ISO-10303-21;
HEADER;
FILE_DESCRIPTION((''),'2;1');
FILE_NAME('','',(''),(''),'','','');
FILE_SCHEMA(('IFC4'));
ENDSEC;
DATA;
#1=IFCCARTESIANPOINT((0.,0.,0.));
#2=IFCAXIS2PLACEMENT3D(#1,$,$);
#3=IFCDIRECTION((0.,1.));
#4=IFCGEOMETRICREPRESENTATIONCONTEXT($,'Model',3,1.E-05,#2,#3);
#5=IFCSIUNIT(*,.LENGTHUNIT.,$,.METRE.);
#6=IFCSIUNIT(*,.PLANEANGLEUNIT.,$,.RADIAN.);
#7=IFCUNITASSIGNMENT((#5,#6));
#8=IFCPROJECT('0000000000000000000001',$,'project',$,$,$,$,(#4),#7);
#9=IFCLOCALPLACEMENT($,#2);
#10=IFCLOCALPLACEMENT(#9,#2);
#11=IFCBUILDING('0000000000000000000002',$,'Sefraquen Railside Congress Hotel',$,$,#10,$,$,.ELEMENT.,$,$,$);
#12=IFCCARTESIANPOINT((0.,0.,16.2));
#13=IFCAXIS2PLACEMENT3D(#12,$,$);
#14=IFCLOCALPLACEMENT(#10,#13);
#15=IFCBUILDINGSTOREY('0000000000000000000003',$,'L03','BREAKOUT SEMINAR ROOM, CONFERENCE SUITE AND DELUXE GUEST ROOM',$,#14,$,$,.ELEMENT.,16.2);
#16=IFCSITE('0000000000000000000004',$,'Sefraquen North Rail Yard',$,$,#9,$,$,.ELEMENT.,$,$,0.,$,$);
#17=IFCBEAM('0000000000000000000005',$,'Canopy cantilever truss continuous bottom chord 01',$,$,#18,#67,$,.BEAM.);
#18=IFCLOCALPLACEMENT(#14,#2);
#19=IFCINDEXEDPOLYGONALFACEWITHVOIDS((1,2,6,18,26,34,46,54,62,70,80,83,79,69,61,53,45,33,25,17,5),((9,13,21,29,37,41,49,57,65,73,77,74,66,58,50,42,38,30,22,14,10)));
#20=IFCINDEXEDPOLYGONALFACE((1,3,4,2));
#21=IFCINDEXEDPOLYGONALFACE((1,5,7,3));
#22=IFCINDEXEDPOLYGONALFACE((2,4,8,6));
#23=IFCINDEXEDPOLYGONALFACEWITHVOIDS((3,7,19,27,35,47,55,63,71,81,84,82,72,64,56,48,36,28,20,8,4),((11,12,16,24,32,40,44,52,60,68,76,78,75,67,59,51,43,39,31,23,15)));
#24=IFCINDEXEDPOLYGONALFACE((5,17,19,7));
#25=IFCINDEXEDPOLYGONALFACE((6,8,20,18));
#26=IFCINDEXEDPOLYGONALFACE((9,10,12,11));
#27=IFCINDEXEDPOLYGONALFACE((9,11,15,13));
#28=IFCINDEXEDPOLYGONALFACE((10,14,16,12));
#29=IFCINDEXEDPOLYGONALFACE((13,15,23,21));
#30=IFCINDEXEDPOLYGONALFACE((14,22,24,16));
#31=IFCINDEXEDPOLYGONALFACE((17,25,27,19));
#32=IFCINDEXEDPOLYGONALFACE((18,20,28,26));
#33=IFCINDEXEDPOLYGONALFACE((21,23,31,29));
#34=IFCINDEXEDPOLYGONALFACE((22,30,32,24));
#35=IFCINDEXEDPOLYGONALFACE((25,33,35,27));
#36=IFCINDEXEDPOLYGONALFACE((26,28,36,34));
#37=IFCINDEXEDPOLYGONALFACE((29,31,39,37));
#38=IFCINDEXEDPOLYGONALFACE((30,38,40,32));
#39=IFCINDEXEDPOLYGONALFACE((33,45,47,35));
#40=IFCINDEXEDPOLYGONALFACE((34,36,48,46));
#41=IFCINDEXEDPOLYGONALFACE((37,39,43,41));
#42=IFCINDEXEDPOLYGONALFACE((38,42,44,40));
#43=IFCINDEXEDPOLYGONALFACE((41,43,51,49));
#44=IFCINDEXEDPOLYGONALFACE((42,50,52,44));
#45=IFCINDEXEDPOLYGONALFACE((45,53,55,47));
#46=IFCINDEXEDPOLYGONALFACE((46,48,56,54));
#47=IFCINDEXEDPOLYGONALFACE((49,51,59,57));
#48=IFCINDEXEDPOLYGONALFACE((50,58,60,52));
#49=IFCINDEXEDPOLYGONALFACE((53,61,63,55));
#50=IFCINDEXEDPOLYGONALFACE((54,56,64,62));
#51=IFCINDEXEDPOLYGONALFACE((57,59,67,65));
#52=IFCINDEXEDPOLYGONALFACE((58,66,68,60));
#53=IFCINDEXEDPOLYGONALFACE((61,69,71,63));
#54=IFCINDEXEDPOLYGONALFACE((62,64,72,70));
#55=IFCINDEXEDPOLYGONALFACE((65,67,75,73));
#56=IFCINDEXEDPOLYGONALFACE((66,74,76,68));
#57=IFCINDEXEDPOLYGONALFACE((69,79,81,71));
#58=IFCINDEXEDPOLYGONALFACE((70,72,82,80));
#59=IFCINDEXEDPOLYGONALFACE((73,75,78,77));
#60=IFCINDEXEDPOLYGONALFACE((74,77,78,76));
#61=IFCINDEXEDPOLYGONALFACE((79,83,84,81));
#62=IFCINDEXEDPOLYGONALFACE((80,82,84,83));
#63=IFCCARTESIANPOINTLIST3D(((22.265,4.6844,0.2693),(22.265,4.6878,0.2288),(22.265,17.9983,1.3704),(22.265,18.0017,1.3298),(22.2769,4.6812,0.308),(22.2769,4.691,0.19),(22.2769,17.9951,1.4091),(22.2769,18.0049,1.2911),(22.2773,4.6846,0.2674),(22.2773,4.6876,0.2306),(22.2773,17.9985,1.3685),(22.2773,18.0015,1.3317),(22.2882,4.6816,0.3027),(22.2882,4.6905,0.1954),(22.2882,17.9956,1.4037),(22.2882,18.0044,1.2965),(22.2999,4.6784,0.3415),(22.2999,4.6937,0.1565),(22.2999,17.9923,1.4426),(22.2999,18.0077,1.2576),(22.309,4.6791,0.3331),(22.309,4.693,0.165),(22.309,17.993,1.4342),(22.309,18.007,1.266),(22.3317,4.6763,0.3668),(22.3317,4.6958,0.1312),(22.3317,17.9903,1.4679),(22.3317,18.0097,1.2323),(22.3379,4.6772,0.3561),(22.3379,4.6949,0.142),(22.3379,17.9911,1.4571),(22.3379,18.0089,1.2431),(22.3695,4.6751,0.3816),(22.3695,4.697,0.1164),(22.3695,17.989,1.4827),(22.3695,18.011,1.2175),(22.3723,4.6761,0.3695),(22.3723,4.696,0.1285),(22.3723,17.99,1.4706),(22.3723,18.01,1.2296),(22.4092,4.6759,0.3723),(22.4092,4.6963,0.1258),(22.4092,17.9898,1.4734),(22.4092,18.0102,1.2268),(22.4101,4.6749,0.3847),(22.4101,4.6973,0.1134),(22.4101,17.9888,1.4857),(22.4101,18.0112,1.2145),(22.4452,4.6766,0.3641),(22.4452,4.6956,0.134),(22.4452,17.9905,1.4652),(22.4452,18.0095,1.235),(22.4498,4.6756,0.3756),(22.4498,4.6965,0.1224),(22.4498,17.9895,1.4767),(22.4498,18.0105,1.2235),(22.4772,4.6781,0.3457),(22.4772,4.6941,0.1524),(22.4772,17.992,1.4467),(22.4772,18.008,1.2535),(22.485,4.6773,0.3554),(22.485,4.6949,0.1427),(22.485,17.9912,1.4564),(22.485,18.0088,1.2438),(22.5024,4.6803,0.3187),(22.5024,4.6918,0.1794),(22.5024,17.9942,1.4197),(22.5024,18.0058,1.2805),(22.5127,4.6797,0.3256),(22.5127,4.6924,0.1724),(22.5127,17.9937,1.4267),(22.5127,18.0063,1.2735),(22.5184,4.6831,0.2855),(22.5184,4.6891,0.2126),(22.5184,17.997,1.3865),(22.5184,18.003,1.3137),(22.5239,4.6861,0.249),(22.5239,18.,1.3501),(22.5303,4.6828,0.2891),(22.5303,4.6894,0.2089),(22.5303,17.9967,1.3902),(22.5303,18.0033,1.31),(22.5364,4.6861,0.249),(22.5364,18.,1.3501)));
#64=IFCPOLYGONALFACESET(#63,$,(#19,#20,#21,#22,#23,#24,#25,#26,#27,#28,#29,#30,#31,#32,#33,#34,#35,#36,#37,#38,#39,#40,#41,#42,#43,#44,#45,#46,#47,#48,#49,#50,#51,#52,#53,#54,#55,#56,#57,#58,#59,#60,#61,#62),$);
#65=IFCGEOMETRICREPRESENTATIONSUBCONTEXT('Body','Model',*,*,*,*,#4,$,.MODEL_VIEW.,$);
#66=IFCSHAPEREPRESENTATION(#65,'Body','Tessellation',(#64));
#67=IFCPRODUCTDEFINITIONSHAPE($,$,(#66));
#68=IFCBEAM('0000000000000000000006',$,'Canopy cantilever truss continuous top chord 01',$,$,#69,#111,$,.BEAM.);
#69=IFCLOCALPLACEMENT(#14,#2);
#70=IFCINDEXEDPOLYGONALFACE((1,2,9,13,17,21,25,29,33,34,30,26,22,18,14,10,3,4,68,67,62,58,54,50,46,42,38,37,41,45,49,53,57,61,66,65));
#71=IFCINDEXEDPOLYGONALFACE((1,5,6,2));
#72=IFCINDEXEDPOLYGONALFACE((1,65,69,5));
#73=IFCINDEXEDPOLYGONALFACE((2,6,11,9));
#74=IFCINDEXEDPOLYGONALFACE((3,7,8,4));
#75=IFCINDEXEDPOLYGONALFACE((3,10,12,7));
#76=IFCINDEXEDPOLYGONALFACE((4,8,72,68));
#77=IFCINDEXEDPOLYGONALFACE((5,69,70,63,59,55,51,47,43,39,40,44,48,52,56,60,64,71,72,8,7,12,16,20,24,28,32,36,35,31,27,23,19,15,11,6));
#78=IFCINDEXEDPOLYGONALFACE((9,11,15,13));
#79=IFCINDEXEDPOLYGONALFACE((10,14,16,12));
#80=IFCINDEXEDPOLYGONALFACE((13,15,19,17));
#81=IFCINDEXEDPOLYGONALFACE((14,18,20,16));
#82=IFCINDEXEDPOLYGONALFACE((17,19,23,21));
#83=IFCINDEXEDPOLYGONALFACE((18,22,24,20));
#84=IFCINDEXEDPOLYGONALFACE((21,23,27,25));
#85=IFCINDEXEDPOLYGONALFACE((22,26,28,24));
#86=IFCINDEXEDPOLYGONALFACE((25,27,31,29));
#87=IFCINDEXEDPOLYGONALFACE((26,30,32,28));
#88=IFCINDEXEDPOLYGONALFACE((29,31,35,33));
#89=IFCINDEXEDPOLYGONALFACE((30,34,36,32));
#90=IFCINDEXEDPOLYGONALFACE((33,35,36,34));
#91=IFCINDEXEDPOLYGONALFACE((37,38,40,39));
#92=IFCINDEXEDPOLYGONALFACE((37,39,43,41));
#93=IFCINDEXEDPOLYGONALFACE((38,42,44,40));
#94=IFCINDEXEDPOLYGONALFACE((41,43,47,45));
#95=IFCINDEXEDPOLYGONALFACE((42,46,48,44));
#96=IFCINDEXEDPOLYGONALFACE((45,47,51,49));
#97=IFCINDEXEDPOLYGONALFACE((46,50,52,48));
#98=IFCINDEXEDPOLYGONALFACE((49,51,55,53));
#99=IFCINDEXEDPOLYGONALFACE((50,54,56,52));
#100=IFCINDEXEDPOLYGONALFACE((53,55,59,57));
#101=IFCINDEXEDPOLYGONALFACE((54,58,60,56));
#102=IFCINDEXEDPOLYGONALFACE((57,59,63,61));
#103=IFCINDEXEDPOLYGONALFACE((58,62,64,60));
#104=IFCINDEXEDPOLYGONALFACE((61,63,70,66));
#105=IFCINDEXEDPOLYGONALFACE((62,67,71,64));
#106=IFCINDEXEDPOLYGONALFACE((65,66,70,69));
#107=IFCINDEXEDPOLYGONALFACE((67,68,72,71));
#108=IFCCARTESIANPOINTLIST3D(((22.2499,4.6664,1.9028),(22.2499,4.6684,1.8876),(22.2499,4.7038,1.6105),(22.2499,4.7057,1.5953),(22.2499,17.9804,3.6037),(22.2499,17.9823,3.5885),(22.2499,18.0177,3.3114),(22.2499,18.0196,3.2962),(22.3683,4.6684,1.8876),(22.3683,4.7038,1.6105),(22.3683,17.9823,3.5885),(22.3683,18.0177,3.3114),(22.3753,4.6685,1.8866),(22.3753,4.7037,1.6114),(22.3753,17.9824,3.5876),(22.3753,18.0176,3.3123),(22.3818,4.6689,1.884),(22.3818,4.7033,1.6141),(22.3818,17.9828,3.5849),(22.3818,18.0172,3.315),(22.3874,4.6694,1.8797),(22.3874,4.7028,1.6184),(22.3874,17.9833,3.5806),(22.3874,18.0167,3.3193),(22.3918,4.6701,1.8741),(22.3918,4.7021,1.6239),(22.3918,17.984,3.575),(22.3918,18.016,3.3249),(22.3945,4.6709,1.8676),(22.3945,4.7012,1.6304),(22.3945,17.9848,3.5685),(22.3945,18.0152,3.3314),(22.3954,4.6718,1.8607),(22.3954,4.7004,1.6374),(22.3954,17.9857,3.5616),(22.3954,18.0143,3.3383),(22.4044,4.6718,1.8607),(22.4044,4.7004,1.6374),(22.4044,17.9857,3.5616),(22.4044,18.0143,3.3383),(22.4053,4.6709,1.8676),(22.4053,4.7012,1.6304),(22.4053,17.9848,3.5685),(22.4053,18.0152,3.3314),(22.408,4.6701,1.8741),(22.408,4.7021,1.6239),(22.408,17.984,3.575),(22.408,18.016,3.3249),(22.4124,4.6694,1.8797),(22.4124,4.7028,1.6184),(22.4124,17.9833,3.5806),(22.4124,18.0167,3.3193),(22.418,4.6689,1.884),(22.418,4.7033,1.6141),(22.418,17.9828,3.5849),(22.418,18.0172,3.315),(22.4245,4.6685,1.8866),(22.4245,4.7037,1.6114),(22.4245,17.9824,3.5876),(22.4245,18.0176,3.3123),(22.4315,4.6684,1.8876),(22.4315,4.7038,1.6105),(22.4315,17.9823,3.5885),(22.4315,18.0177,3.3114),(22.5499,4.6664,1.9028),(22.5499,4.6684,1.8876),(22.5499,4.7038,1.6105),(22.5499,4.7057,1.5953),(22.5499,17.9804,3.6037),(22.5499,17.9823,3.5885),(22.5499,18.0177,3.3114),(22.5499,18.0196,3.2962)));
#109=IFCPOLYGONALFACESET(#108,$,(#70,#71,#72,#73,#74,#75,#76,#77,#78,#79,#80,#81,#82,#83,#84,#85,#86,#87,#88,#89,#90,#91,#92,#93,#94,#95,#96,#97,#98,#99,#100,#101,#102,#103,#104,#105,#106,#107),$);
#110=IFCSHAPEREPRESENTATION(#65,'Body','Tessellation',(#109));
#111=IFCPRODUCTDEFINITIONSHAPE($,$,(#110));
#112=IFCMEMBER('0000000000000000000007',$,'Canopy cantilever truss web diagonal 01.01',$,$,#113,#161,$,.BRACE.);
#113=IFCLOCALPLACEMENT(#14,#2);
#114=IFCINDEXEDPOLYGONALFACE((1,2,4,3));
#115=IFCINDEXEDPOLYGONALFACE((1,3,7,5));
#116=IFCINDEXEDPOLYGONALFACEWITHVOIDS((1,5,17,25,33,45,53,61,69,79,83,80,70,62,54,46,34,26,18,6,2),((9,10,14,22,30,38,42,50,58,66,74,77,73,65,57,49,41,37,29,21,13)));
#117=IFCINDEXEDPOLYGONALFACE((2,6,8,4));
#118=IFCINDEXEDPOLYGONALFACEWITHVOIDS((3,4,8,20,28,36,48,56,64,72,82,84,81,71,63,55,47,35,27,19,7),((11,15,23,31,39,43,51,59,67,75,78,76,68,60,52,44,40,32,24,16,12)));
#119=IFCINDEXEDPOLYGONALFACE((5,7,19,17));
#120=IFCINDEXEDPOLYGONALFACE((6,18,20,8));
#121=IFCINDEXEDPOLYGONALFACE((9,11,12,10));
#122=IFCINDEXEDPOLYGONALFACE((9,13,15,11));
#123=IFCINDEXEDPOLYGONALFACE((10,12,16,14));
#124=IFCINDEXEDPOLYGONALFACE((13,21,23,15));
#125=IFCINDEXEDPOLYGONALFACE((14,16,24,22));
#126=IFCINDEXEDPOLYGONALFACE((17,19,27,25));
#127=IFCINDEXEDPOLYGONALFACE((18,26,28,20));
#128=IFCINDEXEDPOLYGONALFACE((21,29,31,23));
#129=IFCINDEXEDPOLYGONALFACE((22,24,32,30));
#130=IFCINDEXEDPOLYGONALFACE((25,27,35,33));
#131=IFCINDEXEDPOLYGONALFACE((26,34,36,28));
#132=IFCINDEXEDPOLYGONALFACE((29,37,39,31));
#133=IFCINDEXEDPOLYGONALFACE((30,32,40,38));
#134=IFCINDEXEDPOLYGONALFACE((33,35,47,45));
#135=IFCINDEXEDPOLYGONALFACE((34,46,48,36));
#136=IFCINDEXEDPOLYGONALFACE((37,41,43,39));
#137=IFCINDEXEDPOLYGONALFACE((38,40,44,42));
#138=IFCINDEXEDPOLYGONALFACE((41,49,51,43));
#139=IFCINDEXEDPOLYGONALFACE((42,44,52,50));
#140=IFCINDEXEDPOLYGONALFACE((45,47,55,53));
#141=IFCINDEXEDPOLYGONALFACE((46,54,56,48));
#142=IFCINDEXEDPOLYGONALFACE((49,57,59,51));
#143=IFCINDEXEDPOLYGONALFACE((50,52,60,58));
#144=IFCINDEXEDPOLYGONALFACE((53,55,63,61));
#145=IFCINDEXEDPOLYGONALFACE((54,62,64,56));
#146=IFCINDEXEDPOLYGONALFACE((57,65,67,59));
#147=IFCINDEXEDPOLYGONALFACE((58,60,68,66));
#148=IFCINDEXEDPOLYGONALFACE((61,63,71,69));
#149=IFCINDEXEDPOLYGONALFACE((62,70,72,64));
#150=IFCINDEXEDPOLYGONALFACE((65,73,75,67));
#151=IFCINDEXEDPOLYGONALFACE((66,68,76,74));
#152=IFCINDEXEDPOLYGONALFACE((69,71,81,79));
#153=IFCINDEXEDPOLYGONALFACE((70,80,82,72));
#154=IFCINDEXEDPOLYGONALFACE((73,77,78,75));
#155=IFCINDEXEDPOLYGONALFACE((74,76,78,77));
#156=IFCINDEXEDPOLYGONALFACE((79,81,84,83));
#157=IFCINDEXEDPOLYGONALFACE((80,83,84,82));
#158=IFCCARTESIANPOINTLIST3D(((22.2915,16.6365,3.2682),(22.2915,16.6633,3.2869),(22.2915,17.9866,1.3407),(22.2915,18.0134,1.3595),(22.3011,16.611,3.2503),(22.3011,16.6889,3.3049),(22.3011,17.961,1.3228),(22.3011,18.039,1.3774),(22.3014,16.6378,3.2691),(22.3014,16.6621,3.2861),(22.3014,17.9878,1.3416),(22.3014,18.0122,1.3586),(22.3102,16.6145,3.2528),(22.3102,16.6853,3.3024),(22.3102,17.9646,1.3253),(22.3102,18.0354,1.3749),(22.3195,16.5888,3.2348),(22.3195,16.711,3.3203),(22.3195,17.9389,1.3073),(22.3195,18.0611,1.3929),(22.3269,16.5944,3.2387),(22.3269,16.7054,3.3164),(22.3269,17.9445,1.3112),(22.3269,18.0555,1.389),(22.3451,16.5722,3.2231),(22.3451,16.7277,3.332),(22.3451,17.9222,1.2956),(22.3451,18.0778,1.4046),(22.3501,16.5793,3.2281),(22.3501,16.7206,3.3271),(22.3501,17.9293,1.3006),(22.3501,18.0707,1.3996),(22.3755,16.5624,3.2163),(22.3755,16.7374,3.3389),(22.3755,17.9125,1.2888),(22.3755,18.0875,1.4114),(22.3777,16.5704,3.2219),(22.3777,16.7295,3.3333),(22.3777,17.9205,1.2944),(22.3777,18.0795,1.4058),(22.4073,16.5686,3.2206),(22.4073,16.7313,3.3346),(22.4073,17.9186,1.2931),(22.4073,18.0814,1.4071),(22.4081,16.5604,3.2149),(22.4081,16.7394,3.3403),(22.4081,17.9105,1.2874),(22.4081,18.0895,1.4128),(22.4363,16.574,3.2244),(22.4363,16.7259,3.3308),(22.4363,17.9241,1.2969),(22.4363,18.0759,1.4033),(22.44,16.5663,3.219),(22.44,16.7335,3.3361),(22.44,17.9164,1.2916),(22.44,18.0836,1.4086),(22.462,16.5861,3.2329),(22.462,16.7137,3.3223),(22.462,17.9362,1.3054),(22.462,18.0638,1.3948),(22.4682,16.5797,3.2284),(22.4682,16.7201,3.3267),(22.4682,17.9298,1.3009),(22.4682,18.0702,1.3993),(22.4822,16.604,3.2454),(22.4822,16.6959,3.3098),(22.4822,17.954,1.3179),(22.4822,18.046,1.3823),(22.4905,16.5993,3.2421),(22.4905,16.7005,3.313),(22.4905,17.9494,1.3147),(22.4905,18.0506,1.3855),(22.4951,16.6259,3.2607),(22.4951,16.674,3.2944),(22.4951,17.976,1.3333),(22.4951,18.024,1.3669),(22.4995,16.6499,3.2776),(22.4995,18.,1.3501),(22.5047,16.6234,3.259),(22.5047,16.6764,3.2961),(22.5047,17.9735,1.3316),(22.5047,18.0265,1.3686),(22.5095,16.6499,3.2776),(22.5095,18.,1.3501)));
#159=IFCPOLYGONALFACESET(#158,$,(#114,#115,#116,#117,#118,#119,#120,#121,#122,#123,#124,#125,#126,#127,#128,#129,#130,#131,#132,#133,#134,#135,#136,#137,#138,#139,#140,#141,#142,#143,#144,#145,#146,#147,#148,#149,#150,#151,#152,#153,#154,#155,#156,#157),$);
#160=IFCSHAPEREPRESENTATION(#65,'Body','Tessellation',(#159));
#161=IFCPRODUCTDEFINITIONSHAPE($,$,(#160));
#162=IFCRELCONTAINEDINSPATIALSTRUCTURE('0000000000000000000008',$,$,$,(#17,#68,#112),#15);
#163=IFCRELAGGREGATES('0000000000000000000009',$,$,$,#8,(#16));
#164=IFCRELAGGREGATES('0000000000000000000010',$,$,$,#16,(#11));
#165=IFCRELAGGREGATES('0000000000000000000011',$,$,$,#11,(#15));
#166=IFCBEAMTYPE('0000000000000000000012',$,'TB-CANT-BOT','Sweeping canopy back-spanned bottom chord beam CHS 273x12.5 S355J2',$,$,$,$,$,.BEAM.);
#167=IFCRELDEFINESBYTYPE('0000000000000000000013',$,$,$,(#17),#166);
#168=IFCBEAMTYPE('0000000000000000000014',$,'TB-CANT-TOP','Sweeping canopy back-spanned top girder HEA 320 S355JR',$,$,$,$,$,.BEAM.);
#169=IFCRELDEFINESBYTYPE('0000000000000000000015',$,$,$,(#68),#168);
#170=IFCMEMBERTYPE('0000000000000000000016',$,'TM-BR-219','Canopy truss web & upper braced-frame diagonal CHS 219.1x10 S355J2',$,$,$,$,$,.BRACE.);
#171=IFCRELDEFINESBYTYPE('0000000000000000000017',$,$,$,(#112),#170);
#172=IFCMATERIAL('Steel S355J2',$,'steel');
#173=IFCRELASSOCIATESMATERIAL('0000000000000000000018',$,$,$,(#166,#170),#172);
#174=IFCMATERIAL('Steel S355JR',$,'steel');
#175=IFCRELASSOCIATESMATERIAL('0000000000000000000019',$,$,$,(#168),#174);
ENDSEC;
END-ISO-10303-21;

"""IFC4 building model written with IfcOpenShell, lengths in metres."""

from ifc_helpers import new_model, si_unit, direction, frame, origin, origin_2d, place, context, subcontext, project, spatial, hollow_circle, i_section, extrude, material, material_profile, profile_set, type_object, element, save


model = new_model("IFC4")

# Units and contexts
model_context = context("Model", 3, precision=1e-05, world=origin(), true_north=direction((0.0, 1.0)))
body_context = subcontext(model_context, "Body", "Model", "MODEL_VIEW")
ifc_project = project(units=[si_unit("LENGTHUNIT", "METRE"), si_unit("PLANEANGLEUNIT", "RADIAN")], contexts=[model_context])

# Site, building, storey
site_placement = place(None, origin())
site = spatial("IfcSite", under=ifc_project, at=site_placement, Name="Sefraquen North Rail Yard", CompositionType="ELEMENT", RefElevation=0.0)
building_placement = place(site_placement, origin())
building = spatial("IfcBuilding", under=site, at=building_placement, Name="Sefraquen Railside Congress Hotel", CompositionType="ELEMENT")
storey_placement = place(building_placement, frame((0.0, 0.0, 16.2)))
storey = spatial("IfcBuildingStorey", under=building, at=storey_placement, Name="L03", Description="BREAKOUT SEMINAR ROOM, CONFERENCE SUITE AND DELUXE GUEST ROOM", CompositionType="ELEMENT", Elevation=16.2)

# Beams
ifc_material_1 = material(Name="Steel S355J2", Category="steel")
ifc_material_profile_1 = material_profile(ifc_material_1, hollow_circle(Radius=0.1365, WallThickness=0.0125, at=origin_2d()), Name="CHS 273x12.5")
ifc_profile_set_1 = profile_set([ifc_material_profile_1], Name="Steel S355J2")
beam_type_1 = type_object("IfcBeamType", Name="TB-CANT-BOT", Description="Sweeping canopy back-spanned bottom chord beam CHS 273x12.5 S355J2", PredefinedType="BEAM", material=ifc_profile_set_1)
beam_1_placement = place(storey_placement, frame((22.3999, 18.0, 1.3501), z_axis=(0.0, -0.996598, -0.082419), x_axis=(1.0, 0.0, 0.0)))
element("IfcBeam", 1, at=beam_1_placement, inside=storey, type_object=beam_type_1, Name="Canopy cantilever truss continuous bottom chord 01", PredefinedType="BEAM", context=body_context, shape_type="SweptSolid", body=[
    extrude(hollow_circle(Radius=0.1365, WallThickness=0.0125, at=origin_2d()), origin(), (0.0, 0.0, 1.0), 13.3594),
])
ifc_material_2 = material(Name="Steel S355JR", Category="steel")
ifc_material_profile_2 = material_profile(ifc_material_2, i_section(OverallWidth=0.3, OverallDepth=0.3101, WebThickness=0.009, FlangeThickness=0.0154, FilletRadius=0.0271, at=origin_2d()), Name="HEA 320")
ifc_profile_set_2 = profile_set([ifc_material_profile_2], Name="Steel S355JR")
beam_type_2 = type_object("IfcBeamType", Name="TB-CANT-TOP", Description="Sweeping canopy back-spanned top girder HEA 320 S355JR", PredefinedType="BEAM", material=ifc_profile_set_2)
beam_2_placement = place(storey_placement, frame((22.3999, 18.0, 3.45), z_axis=(0.0, -0.991938, -0.126725), x_axis=(1.0, 0.0, 0.0)))
element("IfcBeam", 2, at=beam_2_placement, inside=storey, type_object=beam_type_2, Name="Canopy cantilever truss continuous top chord 01", PredefinedType="BEAM", context=body_context, shape_type="SweptSolid", body=[
    extrude(i_section(OverallWidth=0.3, OverallDepth=0.3101, WebThickness=0.009, FlangeThickness=0.0154, FilletRadius=0.0271, at=origin_2d()), origin(), (0.0, 0.0, 1.0), 13.4221),
])

# Member
ifc_material_profile_3 = material_profile(ifc_material_1, hollow_circle(Radius=0.1096, WallThickness=0.01, at=origin_2d()), Name="CHS 219.1x10")
ifc_profile_set_3 = profile_set([ifc_material_profile_3], Name="Steel S355J2")
member_type_1 = type_object("IfcMemberType", Name="TM-BR-219", Description="Canopy truss web & upper braced-frame diagonal CHS 219.1x10 S355J2", PredefinedType="BRACE", material=ifc_profile_set_3)
member_1_placement = place(storey_placement, frame((22.3999, 18.0, 1.3501), z_axis=(0.0, -0.573706, 0.819061), x_axis=(1.0, 0.0, 0.0)))
element("IfcMember", 3, at=member_1_placement, inside=storey, type_object=member_type_1, Name="Canopy cantilever truss web diagonal 01.01", PredefinedType="BRACE", context=body_context, shape_type="SweptSolid", body=[
    extrude(hollow_circle(Radius=0.1096, WallThickness=0.01, at=origin_2d()), origin(), (0.0, 0.0, 1.0), 2.3533),
])

save(model, "model.ifc")
